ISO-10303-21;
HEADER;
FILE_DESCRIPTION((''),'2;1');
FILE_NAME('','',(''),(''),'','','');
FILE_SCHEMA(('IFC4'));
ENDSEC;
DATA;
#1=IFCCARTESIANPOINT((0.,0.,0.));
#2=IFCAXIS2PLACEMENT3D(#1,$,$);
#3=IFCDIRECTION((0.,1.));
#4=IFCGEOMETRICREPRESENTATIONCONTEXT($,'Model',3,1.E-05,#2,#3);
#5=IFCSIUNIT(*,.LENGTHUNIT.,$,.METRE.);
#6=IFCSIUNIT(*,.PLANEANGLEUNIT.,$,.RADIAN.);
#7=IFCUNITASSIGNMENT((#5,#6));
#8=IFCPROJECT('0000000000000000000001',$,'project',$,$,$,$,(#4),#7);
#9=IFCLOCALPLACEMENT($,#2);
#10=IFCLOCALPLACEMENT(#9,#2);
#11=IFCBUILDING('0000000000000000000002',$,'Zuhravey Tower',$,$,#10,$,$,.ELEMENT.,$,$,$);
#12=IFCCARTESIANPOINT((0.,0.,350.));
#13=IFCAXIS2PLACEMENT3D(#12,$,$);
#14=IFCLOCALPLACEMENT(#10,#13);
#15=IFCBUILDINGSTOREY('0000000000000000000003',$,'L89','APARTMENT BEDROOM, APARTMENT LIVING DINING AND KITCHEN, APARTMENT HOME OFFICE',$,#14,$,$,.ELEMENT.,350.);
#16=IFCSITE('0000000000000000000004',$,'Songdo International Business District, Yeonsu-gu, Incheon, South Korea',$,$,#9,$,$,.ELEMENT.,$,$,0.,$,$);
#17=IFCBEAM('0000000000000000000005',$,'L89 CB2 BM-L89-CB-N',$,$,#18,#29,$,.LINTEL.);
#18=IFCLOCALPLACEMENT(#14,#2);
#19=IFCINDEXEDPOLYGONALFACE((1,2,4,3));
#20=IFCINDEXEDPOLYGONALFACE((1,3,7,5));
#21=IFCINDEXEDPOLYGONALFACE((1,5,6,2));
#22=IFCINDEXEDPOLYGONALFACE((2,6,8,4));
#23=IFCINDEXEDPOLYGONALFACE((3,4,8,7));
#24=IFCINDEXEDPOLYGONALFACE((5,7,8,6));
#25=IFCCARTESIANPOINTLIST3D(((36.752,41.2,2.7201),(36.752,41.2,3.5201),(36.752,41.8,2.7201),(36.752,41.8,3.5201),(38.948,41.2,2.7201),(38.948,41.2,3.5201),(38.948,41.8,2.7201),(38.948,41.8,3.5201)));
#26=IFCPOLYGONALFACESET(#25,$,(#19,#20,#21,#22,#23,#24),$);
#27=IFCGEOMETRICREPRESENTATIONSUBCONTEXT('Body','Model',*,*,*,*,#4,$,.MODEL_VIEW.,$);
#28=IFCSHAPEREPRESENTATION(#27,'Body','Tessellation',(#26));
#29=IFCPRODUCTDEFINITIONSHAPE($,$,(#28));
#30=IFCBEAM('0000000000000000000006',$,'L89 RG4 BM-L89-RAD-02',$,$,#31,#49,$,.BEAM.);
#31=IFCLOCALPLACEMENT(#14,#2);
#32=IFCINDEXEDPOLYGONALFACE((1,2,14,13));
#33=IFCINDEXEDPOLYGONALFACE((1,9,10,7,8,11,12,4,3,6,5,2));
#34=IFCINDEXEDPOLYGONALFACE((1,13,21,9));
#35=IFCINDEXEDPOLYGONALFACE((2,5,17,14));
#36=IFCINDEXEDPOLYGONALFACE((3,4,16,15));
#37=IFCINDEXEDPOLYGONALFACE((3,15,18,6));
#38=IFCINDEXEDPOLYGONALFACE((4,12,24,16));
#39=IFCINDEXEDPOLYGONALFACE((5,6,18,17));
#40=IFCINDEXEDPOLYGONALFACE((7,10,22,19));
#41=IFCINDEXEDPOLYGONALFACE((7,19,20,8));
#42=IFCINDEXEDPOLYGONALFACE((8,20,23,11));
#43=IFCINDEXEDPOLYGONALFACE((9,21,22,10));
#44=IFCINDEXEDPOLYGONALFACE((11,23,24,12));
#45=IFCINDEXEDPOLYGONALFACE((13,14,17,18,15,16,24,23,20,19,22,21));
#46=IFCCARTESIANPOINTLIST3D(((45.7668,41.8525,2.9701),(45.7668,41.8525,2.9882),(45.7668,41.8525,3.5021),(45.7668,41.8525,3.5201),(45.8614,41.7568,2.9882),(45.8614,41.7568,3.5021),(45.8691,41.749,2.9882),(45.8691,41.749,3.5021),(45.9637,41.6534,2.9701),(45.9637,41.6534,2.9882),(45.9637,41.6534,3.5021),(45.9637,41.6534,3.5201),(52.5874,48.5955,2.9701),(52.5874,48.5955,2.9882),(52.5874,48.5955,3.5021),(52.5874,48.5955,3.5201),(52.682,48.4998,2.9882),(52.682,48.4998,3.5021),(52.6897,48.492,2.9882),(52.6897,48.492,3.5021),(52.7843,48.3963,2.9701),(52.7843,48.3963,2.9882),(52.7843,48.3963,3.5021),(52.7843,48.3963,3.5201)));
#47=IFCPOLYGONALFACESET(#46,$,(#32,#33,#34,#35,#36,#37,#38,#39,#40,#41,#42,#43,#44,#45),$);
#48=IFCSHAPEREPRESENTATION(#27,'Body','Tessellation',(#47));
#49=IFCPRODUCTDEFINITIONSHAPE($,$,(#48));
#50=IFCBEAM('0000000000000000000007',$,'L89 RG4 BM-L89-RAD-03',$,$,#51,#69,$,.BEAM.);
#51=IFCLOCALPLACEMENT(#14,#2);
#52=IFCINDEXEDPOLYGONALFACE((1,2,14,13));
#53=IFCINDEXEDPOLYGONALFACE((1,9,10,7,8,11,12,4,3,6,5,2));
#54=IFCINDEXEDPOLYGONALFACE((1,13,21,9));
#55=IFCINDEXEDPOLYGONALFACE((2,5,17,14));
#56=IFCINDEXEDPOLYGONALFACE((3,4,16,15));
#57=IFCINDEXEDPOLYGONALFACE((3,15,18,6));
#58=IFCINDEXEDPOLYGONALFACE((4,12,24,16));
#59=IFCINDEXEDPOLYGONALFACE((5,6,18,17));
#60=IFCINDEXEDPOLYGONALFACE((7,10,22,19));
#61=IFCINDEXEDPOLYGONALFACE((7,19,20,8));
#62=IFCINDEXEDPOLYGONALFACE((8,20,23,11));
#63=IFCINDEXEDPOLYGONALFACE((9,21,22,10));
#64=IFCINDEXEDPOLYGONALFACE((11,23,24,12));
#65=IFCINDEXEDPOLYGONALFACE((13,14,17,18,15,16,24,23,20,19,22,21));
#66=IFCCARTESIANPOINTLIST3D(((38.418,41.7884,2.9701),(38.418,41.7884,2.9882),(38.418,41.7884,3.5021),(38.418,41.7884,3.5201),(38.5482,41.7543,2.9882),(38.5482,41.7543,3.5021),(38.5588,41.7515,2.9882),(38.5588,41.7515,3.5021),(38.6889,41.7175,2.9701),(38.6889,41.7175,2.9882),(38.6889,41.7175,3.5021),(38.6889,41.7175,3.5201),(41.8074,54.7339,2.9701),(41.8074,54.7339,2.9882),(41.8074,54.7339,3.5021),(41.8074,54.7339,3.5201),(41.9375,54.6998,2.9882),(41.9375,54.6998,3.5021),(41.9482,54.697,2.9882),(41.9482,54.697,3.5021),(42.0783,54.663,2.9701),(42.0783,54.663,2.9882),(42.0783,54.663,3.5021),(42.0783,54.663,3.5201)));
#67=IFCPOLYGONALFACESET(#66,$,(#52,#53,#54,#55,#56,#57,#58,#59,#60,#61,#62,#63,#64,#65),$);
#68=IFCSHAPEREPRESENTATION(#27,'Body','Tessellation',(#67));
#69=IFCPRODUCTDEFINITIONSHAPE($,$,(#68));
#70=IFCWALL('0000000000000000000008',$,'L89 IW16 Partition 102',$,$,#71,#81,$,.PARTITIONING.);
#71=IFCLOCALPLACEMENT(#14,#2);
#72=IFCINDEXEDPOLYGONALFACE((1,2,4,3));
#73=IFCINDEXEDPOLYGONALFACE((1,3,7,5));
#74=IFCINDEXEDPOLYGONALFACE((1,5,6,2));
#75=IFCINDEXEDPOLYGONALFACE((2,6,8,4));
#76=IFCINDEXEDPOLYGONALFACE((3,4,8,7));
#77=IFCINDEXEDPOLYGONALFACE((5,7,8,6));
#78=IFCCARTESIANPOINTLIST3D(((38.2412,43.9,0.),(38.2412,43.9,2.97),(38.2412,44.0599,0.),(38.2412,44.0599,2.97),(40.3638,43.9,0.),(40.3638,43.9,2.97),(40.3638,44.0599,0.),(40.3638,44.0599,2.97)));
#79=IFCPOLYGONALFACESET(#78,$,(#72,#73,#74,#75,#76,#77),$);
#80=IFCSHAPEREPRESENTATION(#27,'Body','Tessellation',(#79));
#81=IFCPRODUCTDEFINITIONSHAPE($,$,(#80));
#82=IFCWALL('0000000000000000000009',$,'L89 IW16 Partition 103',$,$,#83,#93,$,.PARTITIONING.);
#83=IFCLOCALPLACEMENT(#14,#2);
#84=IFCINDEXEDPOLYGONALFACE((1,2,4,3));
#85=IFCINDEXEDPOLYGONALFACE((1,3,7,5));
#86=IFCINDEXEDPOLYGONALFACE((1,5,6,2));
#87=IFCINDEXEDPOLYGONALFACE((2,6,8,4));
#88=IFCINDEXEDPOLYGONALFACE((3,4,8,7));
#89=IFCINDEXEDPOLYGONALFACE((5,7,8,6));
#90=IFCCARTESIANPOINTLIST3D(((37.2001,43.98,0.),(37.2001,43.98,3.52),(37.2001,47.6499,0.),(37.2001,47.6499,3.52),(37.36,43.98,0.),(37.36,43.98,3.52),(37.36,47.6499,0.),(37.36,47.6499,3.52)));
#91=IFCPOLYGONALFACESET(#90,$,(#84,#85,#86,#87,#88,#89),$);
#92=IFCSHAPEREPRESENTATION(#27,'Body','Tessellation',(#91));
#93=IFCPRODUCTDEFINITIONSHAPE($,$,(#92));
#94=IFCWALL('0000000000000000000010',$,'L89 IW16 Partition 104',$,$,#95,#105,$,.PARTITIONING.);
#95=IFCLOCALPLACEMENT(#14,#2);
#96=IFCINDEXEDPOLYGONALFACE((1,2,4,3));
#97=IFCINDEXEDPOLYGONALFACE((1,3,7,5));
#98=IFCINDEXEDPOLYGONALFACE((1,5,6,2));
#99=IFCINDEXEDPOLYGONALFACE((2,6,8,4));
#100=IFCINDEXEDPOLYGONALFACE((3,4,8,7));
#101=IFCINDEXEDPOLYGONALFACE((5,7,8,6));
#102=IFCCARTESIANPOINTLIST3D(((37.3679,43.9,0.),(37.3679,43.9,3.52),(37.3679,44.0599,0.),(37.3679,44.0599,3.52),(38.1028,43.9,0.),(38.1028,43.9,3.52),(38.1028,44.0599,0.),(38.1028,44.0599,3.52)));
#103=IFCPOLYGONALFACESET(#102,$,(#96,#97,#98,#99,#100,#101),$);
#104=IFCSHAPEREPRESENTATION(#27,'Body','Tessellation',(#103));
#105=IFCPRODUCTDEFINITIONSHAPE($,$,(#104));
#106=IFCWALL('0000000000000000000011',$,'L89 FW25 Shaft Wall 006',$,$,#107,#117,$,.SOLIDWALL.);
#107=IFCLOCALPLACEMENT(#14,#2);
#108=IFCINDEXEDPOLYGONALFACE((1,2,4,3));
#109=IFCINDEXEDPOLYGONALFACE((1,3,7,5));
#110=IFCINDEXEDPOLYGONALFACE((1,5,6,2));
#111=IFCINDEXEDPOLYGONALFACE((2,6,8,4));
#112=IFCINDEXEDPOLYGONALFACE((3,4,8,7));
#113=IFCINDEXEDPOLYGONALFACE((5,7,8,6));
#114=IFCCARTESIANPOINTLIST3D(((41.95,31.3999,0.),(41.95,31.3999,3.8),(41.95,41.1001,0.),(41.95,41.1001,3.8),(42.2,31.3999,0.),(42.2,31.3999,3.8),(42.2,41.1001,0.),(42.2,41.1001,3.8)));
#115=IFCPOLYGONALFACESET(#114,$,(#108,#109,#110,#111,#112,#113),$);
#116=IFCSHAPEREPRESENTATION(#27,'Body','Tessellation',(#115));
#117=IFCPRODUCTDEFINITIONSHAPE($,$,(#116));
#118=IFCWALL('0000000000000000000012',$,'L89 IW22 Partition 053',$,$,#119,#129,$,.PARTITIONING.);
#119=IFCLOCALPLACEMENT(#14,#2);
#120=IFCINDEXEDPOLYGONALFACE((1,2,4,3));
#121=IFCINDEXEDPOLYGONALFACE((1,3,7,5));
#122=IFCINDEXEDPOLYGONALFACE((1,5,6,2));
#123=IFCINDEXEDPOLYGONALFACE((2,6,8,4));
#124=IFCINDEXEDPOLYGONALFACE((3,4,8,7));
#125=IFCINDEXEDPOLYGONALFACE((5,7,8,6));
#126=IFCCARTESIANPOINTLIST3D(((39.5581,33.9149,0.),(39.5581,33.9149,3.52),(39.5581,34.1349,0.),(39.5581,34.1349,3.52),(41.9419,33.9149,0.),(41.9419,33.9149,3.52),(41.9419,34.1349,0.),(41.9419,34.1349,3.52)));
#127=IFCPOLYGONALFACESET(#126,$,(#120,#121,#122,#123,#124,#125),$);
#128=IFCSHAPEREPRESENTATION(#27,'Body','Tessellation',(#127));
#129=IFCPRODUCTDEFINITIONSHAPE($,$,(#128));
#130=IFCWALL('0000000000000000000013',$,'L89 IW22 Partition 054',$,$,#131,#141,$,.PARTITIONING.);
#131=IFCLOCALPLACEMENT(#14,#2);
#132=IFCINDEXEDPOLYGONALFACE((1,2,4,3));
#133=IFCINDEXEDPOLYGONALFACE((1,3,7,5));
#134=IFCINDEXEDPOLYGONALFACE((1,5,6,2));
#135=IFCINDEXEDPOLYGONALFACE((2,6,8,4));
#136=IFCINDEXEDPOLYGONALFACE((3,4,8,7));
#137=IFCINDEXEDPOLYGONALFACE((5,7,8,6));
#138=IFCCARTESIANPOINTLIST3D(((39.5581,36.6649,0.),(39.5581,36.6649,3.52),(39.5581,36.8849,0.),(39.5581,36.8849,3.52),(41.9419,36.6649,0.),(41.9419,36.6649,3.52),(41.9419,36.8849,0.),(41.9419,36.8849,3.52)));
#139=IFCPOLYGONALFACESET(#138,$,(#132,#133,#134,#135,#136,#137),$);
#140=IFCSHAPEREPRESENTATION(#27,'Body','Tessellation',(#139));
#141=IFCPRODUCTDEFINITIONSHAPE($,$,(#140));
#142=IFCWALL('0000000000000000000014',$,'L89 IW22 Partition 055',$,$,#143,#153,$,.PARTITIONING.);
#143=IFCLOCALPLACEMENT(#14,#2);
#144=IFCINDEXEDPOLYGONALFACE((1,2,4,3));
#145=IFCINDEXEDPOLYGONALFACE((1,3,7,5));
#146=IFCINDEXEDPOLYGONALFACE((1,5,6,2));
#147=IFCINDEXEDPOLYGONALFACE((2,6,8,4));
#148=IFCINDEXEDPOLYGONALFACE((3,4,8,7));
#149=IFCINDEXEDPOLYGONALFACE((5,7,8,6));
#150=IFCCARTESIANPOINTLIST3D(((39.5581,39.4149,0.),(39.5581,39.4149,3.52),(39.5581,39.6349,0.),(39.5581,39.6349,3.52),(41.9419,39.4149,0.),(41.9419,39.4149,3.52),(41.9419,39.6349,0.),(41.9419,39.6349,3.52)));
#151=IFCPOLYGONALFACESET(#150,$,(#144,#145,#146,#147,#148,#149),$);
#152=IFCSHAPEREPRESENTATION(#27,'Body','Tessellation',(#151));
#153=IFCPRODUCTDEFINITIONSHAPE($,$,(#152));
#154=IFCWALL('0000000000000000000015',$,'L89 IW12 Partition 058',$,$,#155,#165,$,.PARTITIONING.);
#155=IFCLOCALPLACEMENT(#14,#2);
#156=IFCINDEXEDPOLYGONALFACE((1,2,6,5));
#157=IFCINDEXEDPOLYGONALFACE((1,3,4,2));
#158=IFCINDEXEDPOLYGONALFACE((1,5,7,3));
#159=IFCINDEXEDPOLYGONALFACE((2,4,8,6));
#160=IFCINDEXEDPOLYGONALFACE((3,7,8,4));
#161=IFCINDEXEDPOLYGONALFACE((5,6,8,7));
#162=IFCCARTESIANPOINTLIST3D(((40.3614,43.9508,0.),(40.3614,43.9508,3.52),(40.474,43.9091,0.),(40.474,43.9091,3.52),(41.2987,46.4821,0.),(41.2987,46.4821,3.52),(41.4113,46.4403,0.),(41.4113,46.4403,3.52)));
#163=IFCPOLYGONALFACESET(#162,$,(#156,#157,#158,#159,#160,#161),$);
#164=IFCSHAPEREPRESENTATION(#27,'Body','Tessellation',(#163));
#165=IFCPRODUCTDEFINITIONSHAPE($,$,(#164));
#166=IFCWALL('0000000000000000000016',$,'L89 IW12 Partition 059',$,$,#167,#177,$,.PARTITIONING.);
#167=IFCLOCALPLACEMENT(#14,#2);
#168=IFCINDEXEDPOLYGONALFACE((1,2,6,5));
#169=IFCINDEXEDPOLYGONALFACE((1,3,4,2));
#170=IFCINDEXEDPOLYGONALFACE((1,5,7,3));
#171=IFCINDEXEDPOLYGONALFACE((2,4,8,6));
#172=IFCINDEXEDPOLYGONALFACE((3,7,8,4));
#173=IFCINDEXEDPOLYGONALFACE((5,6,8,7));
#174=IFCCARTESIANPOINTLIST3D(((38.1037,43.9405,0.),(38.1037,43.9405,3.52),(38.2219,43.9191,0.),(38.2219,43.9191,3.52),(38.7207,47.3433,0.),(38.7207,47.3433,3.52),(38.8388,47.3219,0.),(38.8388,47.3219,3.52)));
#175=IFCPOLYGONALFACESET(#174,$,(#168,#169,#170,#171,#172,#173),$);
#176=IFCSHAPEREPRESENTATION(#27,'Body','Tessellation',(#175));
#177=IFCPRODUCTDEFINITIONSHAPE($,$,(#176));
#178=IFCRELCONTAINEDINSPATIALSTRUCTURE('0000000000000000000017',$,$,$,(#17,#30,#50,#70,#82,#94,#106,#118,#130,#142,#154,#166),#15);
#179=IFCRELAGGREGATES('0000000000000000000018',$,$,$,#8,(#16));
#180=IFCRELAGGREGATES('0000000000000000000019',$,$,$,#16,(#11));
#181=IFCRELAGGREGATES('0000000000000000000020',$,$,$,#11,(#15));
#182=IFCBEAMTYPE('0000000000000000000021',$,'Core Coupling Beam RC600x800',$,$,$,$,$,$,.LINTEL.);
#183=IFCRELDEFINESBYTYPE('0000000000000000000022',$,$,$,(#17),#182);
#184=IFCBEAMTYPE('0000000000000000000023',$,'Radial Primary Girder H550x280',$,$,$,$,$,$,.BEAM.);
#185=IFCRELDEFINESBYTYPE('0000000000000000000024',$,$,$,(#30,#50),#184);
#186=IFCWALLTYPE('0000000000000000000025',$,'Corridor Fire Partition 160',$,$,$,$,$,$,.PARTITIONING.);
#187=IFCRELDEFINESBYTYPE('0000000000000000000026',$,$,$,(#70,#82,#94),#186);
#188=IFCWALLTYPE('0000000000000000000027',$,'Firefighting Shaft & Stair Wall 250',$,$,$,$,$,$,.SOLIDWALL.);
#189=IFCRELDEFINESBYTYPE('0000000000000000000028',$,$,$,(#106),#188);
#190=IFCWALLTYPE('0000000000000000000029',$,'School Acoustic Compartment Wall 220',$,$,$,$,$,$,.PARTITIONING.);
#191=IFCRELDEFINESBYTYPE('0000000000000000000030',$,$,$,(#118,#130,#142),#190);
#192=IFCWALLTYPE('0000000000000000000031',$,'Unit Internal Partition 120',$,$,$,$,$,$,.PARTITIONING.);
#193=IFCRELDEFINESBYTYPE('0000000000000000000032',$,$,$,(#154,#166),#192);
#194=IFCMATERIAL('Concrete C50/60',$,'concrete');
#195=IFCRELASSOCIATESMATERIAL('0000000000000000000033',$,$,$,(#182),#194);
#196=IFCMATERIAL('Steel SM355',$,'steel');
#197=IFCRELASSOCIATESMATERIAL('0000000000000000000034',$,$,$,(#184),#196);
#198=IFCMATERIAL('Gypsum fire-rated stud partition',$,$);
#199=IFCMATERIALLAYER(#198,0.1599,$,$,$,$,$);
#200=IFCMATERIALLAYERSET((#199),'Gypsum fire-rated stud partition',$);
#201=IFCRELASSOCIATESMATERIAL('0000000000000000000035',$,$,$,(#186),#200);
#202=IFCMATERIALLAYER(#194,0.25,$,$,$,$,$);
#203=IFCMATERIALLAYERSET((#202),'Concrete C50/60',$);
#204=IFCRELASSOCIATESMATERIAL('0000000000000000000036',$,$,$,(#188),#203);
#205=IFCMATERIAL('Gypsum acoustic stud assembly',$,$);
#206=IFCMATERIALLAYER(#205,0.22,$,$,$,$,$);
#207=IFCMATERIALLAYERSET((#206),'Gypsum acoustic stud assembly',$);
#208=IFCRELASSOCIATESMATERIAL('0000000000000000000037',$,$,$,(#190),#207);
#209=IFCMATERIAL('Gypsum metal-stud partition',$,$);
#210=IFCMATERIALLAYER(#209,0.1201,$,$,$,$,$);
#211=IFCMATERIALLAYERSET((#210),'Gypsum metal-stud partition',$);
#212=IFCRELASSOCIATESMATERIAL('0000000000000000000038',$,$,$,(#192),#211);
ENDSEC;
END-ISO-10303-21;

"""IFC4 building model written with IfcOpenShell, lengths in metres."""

from ifc_helpers import new_model, si_unit, direction, frame, frame_2d, origin, origin_2d, place, context, subcontext, project, spatial, rectangle, i_section, extrude, material, layer, layer_set, material_profile, profile_set, type_object, element, save


model = new_model("IFC4")

# Units and contexts
model_context = context("Model", 3, precision=1e-05, world=origin(), true_north=direction((0.0, 1.0)))
body_context = subcontext(model_context, "Body", "Model", "MODEL_VIEW")
ifc_project = project(units=[si_unit("LENGTHUNIT", "METRE"), si_unit("PLANEANGLEUNIT", "RADIAN")], contexts=[model_context])

# Site, building, storey
site_placement = place(None, origin())
site = spatial("IfcSite", under=ifc_project, at=site_placement, Name="Songdo International Business District, Yeonsu-gu, Incheon, South Korea", CompositionType="ELEMENT", RefElevation=0.0)
building_placement = place(site_placement, origin())
building = spatial("IfcBuilding", under=site, at=building_placement, Name="Zuhravey Tower", CompositionType="ELEMENT")
storey_placement = place(building_placement, frame((0.0, 0.0, 350.0)))
storey = spatial("IfcBuildingStorey", under=building, at=storey_placement, Name="L89", Description="APARTMENT BEDROOM, APARTMENT LIVING DINING AND KITCHEN, APARTMENT HOME OFFICE", CompositionType="ELEMENT", Elevation=350.0)

# Beams
ifc_material_1 = material(Name="Concrete C50/60", Category="concrete")
ifc_material_profile_1 = material_profile(ifc_material_1, rectangle(XDim=0.6001, YDim=0.8, at=origin_2d()), Name="RC-600x800")
ifc_profile_set_1 = profile_set([ifc_material_profile_1], Name="Concrete C50/60")
beam_type_1 = type_object("IfcBeamType", Name="Core Coupling Beam RC600x800", PredefinedType="LINTEL", material=ifc_profile_set_1)
beam_1_placement = place(storey_placement, frame((36.752, 41.5, 3.1201), z_axis=(1.0, 0.0, 0.0), x_axis=(0.0, 1.0, 0.0)))
element("IfcBeam", 1, at=beam_1_placement, inside=storey, type_object=beam_type_1, Name="L89 CB2 BM-L89-CB-N", PredefinedType="LINTEL", context=body_context, shape_type="SweptSolid", body=[
    extrude(rectangle(XDim=0.6001, YDim=0.8, at=origin_2d()), origin(), (0.0, 0.0, 1.0), 2.196),
])
ifc_material_2 = material(Name="Steel SM355", Category="steel")
ifc_material_profile_2 = material_profile(ifc_material_2, i_section(OverallWidth=0.28, OverallDepth=0.55, WebThickness=0.011, FlangeThickness=0.0181, at=origin_2d()), Name="H-550x280x11x18")
ifc_profile_set_2 = profile_set([ifc_material_profile_2], Name="Steel SM355")
beam_type_2 = type_object("IfcBeamType", Name="Radial Primary Girder H550x280", PredefinedType="BEAM", material=ifc_profile_set_2)
beam_2_placement = place(storey_placement, frame((45.8652, 41.7529, 3.2451), z_axis=(0.711143, 0.703048, 0.0), x_axis=(-0.703048, 0.711143, 0.0)))
element("IfcBeam", 2, at=beam_2_placement, inside=storey, type_object=beam_type_2, Name="L89 RG4 BM-L89-RAD-02", PredefinedType="BEAM", context=body_context, shape_type="SweptSolid", body=[
    extrude(i_section(OverallWidth=0.28, OverallDepth=0.55, WebThickness=0.011, FlangeThickness=0.0181, at=origin_2d()), origin(), (0.0, 0.0, 1.0), 9.5911),
])
beam_3_placement = place(storey_placement, frame((38.5535, 41.7529, 3.2451), z_axis=(0.253283, 0.967392, 0.0), x_axis=(-0.967392, 0.253283, 0.0)))
element("IfcBeam", 3, at=beam_3_placement, inside=storey, type_object=beam_type_2, Name="L89 RG4 BM-L89-RAD-03", PredefinedType="BEAM", context=body_context, shape_type="SweptSolid", body=[
    extrude(i_section(OverallWidth=0.28, OverallDepth=0.55, WebThickness=0.011, FlangeThickness=0.0181, at=origin_2d()), origin(), (0.0, 0.0, 1.0), 13.3818),
])

# Walls
ifc_material_3 = material(Name="Gypsum fire-rated stud partition")
ifc_layer_1 = layer(ifc_material_3, 0.1599)
ifc_layer_set_1 = layer_set([ifc_layer_1], Name="Gypsum fire-rated stud partition")
wall_type_1 = type_object("IfcWallType", Name="Corridor Fire Partition 160", PredefinedType="PARTITIONING", material=ifc_layer_set_1)
wall_1_placement = place(storey_placement, frame((40.3638, 43.98, 0.0), z_axis=(0.0, 0.0, 1.0), x_axis=(-1.0, 0.0, 0.0)))
element("IfcWall", 4, at=wall_1_placement, inside=storey, type_object=wall_type_1, Name="L89 IW16 Partition 102", PredefinedType="PARTITIONING", context=body_context, shape_type="SweptSolid", body=[
    extrude(rectangle(XDim=2.1226, YDim=0.1599, at=frame_2d((1.0613, 0.0))), origin(), (0.0, 0.0, 1.0), 2.97),
])
wall_2_placement = place(storey_placement, frame((37.28, 43.98, 0.0), z_axis=(0.0, 0.0, 1.0), x_axis=(0.0, 1.0, 0.0)))
element("IfcWall", 5, at=wall_2_placement, inside=storey, type_object=wall_type_1, Name="L89 IW16 Partition 103", PredefinedType="PARTITIONING", context=body_context, shape_type="SweptSolid", body=[
    extrude(rectangle(XDim=3.6699, YDim=0.1599, at=frame_2d((1.835, 0.0))), origin(), (0.0, 0.0, 1.0), 3.52),
])
wall_3_placement = place(storey_placement, frame((38.1028, 43.98, 0.0), z_axis=(0.0, 0.0, 1.0), x_axis=(-1.0, 0.0, 0.0)))
element("IfcWall", 6, at=wall_3_placement, inside=storey, type_object=wall_type_1, Name="L89 IW16 Partition 104", PredefinedType="PARTITIONING", context=body_context, shape_type="SweptSolid", body=[
    extrude(rectangle(XDim=0.7349, YDim=0.1599, at=frame_2d((0.3674, 0.0))), origin(), (0.0, 0.0, 1.0), 3.52),
])

# Shared definitions
ifc_layer_2 = layer(ifc_material_1, 0.25)
ifc_layer_set_2 = layer_set([ifc_layer_2], Name="Concrete C50/60")
wall_type_2 = type_object("IfcWallType", Name="Firefighting Shaft & Stair Wall 250", PredefinedType="SOLIDWALL", material=ifc_layer_set_2)

# Walls
wall_4_placement = place(storey_placement, frame((42.075, 31.3999, 0.0), z_axis=(0.0, 0.0, 1.0), x_axis=(0.0, 1.0, 0.0)))
element("IfcWall", 7, at=wall_4_placement, inside=storey, type_object=wall_type_2, Name="L89 FW25 Shaft Wall 006", PredefinedType="SOLIDWALL", context=body_context, shape_type="SweptSolid", body=[
    extrude(rectangle(XDim=9.7002, YDim=0.25, at=frame_2d((4.8501, 0.0))), origin(), (0.0, 0.0, 1.0), 3.8),
])
ifc_material_4 = material(Name="Gypsum acoustic stud assembly")
ifc_layer_3 = layer(ifc_material_4, 0.22)
ifc_layer_set_3 = layer_set([ifc_layer_3], Name="Gypsum acoustic stud assembly")
wall_type_3 = type_object("IfcWallType", Name="School Acoustic Compartment Wall 220", PredefinedType="PARTITIONING", material=ifc_layer_set_3)
for number, where, z_axis, x_axis, name in (
    (8, (39.5581, 34.0249, 0.0), (0.0, 0.0, 1.0), (1.0, 0.0, 0.0), "L89 IW22 Partition 053"),
    (9, (39.5581, 36.7749, 0.0), (0.0, 0.0, 1.0), (1.0, 0.0, 0.0), "L89 IW22 Partition 054"),
    (10, (39.5581, 39.5249, 0.0), (0.0, 0.0, 1.0), (1.0, 0.0, 0.0), "L89 IW22 Partition 055"),
):
    element("IfcWall", number, at=place(storey_placement, frame(where, z_axis=z_axis, x_axis=x_axis)), inside=storey, type_object=wall_type_3, Name=name, PredefinedType="PARTITIONING", context=body_context, shape_type="SweptSolid", body=[
        extrude(rectangle(XDim=2.3838, YDim=0.22, at=frame_2d((1.1919, 0.0))), origin(), (0.0, 0.0, 1.0), 3.52),
    ])
ifc_material_5 = material(Name="Gypsum metal-stud partition")
ifc_layer_4 = layer(ifc_material_5, 0.1201)
ifc_layer_set_4 = layer_set([ifc_layer_4], Name="Gypsum metal-stud partition")
wall_type_4 = type_object("IfcWallType", Name="Unit Internal Partition 120", PredefinedType="PARTITIONING", material=ifc_layer_set_4)
wall_5_placement = place(storey_placement, frame((40.4177, 43.9299, 0.0), z_axis=(0.0, 0.0, 1.0), x_axis=(0.347235, 0.937778, 0.0)))
element("IfcWall", 11, at=wall_5_placement, inside=storey, type_object=wall_type_4, Name="L89 IW12 Partition 058", PredefinedType="PARTITIONING", context=body_context, shape_type="SweptSolid", body=[
    extrude(rectangle(XDim=2.6992, YDim=0.1201, at=frame_2d((1.3496, 0.0))), origin(), (0.0, 0.0, 1.0), 3.52),
])
wall_6_placement = place(storey_placement, frame((38.1628, 43.9299, 0.0), z_axis=(0.0, 0.0, 1.0), x_axis=(0.178395, 0.983959, 0.0)))
element("IfcWall", 12, at=wall_6_placement, inside=storey, type_object=wall_type_4, Name="L89 IW12 Partition 059", PredefinedType="PARTITIONING", context=body_context, shape_type="SweptSolid", body=[
    extrude(rectangle(XDim=3.4583, YDim=0.1201, at=frame_2d((1.729, 0.0))), origin(), (0.0, 0.0, 1.0), 3.52),
])

save(model, "model.ifc")
